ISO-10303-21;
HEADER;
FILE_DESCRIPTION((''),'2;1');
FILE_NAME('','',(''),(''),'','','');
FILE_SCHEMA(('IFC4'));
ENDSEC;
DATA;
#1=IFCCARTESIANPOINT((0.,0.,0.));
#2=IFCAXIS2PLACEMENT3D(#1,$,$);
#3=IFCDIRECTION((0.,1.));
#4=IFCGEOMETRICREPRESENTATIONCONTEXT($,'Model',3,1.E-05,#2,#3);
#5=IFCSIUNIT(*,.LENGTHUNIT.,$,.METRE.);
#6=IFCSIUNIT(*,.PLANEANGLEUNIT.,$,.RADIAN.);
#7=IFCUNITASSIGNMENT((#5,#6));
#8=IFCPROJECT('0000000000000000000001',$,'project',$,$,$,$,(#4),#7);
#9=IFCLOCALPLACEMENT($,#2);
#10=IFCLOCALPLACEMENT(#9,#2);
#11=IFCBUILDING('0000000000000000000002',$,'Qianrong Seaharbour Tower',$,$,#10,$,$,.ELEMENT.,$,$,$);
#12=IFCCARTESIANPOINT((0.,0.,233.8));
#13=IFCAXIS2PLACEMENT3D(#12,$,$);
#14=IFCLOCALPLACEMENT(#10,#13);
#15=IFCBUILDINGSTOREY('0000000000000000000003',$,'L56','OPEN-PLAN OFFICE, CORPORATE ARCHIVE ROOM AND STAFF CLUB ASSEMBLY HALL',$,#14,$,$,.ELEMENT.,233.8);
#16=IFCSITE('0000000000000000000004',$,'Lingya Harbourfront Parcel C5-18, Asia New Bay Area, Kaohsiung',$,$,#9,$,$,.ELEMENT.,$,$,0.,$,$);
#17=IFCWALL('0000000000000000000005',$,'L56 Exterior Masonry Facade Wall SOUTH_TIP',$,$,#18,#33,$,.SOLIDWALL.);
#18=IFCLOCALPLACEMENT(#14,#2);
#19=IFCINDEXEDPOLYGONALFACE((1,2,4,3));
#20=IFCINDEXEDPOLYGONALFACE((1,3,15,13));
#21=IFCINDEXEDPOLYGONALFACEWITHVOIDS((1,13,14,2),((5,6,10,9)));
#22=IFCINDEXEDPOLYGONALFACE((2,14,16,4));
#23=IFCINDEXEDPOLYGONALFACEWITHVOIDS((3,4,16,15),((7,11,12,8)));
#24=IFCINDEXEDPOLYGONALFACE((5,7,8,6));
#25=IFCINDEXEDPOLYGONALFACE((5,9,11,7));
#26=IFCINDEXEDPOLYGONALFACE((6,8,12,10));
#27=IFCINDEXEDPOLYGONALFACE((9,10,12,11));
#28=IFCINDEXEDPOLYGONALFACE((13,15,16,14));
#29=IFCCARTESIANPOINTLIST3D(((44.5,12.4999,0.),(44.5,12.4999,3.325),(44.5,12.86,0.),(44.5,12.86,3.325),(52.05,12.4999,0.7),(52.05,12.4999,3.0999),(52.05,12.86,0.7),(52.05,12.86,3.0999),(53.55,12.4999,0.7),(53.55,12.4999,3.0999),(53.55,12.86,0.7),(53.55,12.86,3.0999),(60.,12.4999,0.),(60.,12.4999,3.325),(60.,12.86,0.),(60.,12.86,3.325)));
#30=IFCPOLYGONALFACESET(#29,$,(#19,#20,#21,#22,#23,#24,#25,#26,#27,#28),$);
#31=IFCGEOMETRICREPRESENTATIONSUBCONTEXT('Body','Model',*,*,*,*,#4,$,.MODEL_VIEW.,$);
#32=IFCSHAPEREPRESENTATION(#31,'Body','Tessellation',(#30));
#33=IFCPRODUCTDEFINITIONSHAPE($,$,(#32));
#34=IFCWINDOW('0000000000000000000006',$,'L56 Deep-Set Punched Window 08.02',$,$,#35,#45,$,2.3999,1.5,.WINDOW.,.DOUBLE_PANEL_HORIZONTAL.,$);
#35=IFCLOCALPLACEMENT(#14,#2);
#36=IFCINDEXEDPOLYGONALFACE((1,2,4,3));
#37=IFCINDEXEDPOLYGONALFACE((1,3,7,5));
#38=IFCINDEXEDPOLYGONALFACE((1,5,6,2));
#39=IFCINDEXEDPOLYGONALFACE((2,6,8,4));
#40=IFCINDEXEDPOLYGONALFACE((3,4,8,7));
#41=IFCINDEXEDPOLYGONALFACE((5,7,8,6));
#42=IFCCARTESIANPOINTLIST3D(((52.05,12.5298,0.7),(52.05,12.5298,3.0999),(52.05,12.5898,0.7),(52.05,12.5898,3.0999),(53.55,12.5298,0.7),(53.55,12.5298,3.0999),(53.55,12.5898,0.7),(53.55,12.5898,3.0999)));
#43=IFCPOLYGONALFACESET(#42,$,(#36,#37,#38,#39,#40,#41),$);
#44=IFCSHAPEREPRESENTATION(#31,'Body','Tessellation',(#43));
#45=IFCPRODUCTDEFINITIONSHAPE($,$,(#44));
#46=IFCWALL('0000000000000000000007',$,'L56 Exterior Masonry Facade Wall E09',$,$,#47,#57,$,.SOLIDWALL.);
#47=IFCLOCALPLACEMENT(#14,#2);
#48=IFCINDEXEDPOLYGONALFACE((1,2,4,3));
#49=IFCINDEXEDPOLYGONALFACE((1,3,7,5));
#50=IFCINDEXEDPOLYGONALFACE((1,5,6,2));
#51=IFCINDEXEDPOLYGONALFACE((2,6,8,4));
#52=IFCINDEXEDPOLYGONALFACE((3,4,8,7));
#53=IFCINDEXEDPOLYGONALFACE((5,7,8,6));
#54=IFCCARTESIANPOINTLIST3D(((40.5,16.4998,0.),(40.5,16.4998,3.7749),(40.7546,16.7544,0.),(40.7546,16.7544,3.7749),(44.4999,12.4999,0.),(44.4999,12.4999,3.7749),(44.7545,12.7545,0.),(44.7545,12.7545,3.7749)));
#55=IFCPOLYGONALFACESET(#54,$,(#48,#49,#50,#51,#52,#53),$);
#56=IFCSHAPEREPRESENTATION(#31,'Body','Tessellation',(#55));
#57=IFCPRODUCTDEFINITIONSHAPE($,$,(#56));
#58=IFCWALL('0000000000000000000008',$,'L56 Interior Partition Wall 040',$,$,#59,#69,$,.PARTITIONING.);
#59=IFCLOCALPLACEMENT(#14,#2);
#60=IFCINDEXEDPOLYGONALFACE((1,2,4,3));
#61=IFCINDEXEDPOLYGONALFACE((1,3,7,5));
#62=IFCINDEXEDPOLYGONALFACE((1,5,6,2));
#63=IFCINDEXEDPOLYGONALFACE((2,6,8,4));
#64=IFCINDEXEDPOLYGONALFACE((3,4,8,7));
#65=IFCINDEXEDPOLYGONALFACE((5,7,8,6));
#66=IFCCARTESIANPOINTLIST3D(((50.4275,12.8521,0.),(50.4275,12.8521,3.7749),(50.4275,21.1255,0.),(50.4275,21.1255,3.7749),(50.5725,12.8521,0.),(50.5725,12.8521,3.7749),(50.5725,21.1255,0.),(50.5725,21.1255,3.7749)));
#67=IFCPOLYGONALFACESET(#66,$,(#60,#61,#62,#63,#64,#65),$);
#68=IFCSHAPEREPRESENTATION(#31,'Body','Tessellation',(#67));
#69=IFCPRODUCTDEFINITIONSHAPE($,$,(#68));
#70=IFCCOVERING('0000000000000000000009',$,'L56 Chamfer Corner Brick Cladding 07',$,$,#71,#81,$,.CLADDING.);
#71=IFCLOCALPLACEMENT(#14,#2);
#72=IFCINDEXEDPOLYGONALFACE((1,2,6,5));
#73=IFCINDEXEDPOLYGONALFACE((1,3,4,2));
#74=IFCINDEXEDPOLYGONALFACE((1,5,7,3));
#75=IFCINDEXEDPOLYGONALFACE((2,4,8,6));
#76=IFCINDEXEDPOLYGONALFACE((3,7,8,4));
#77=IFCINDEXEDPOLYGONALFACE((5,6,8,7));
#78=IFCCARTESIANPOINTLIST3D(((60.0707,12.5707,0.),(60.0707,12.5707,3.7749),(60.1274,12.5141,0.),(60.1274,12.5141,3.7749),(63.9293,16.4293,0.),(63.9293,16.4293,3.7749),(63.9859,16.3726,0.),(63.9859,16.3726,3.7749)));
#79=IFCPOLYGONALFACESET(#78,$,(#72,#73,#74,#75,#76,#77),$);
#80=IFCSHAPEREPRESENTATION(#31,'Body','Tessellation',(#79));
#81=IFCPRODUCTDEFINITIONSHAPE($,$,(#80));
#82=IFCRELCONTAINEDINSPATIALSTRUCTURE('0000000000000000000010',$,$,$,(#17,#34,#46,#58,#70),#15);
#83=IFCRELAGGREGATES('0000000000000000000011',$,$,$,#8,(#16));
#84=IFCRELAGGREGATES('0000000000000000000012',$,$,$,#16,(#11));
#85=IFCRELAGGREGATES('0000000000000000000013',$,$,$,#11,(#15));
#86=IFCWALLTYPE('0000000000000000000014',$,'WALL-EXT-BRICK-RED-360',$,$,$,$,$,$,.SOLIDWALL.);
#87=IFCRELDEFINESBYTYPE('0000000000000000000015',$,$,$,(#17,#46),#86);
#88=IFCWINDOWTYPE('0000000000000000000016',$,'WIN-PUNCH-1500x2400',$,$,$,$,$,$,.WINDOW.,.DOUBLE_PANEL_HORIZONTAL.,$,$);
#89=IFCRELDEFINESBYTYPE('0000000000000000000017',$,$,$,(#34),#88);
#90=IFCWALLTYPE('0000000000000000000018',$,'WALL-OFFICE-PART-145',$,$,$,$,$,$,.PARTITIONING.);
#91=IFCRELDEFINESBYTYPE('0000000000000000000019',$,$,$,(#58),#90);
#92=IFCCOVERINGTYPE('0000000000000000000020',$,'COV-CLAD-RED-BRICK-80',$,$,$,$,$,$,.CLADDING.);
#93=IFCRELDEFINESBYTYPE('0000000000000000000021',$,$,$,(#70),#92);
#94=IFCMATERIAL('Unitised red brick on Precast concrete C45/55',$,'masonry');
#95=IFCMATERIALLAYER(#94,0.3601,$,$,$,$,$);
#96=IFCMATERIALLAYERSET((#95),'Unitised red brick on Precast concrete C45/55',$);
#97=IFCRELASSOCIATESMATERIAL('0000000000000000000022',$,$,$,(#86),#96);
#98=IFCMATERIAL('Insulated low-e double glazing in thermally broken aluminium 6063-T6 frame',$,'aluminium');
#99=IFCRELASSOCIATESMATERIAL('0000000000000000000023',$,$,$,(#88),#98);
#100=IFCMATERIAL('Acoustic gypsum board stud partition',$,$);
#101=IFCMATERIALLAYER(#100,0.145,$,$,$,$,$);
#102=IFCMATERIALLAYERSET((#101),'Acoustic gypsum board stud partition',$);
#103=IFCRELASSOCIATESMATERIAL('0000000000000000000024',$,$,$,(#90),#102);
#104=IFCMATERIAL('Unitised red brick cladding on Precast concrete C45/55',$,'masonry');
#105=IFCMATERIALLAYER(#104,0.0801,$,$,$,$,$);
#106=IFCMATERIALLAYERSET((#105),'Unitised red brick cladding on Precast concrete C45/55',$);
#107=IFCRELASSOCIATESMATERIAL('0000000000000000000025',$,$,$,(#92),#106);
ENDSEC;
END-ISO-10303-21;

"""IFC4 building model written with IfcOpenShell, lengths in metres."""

from ifc_helpers import new_model, si_unit, direction, frame, frame_2d, origin, origin_2d, place, context, subcontext, project, spatial, rectangle, extrude, material, layer, layer_set, type_object, element, fill, save


model = new_model("IFC4")

# Units and contexts
model_context = context("Model", 3, precision=1e-05, world=origin(), true_north=direction((0.0, 1.0)))
body_context = subcontext(model_context, "Body", "Model", "MODEL_VIEW")
ifc_project = project(units=[si_unit("LENGTHUNIT", "METRE"), si_unit("PLANEANGLEUNIT", "RADIAN")], contexts=[model_context])

# Site, building, storey
site_placement = place(None, origin())
site = spatial("IfcSite", under=ifc_project, at=site_placement, Name="Lingya Harbourfront Parcel C5-18, Asia New Bay Area, Kaohsiung", CompositionType="ELEMENT", RefElevation=0.0)
building_placement = place(site_placement, origin())
building = spatial("IfcBuilding", under=site, at=building_placement, Name="Qianrong Seaharbour Tower", CompositionType="ELEMENT")
storey_placement = place(building_placement, frame((0.0, 0.0, 233.8)))
storey = spatial("IfcBuildingStorey", under=building, at=storey_placement, Name="L56", Description="OPEN-PLAN OFFICE, CORPORATE ARCHIVE ROOM AND STAFF CLUB ASSEMBLY HALL", CompositionType="ELEMENT", Elevation=233.8)

# Shared definitions
ifc_material_1 = material(Name="Unitised red brick on Precast concrete C45/55", Category="masonry")
ifc_layer_1 = layer(ifc_material_1, 0.3601)
ifc_layer_set_1 = layer_set([ifc_layer_1], Name="Unitised red brick on Precast concrete C45/55")
wall_type_1 = type_object("IfcWallType", Name="WALL-EXT-BRICK-RED-360", PredefinedType="SOLIDWALL", material=ifc_layer_set_1)

# Wall, opening, window
wall_1_placement = place(storey_placement, frame((60.0, 12.6799, 0.0), z_axis=(0.0, 0.0, 1.0), x_axis=(-1.0, 0.0, 0.0)))
wall_1 = element("IfcWall", 1, at=wall_1_placement, inside=storey, type_object=wall_type_1, Name="L56 Exterior Masonry Facade Wall SOUTH_TIP", PredefinedType="SOLIDWALL", context=body_context, shape_type="SweptSolid", body=[
    extrude(rectangle(XDim=15.5, YDim=0.3601, at=frame_2d((7.75, 0.0))), origin(), (0.0, 0.0, 1.0), 3.325),
])
opening_1_placement = place(wall_1_placement, frame((6.45, 0.0, 0.7)))
opening_1 = element("IfcOpeningElement", 2, at=opening_1_placement, cuts=wall_1, PredefinedType="OPENING", context=body_context, shape_type="SweptSolid", body=[
    extrude(rectangle(XDim=1.5, YDim=2.3999, at=frame_2d((0.75, 1.2))), frame((0.0, 0.1899, 0.0), z_axis=(0.0, -1.0, 0.0), x_axis=(1.0, 0.0, 0.0)), (0.0, 0.0, 1.0), 0.3801),
])
ifc_material_2 = material(Name="Insulated low-e double glazing in thermally broken aluminium 6063-T6 frame", Category="aluminium")
window_type = type_object("IfcWindowType", Name="WIN-PUNCH-1500x2400", PartitioningType="DOUBLE_PANEL_HORIZONTAL", PredefinedType="WINDOW", material=ifc_material_2)
window_placement = place(opening_1_placement, origin())
window = element("IfcWindow", 3, at=window_placement, inside=storey, type_object=window_type, Name="L56 Deep-Set Punched Window 08.02", OverallHeight=2.3999, OverallWidth=1.5, PartitioningType="DOUBLE_PANEL_HORIZONTAL", PredefinedType="WINDOW", context=body_context, shape_type="SweptSolid", body=[
    extrude(rectangle(XDim=1.5, YDim=2.3999, at=frame_2d((0.75, 1.2))), frame((0.0, 0.1501, 0.0), z_axis=(0.0, -1.0, 0.0), x_axis=(1.0, 0.0, 0.0)), (0.0, 0.0, 1.0), 0.0601),
])
fill(opening_1, window)

# Walls
wall_2_placement = place(storey_placement, frame((44.6272, 12.6272, 0.0), z_axis=(0.0, 0.0, 1.0), x_axis=(-0.707107, 0.707107, 0.0)))
element("IfcWall", 4, at=wall_2_placement, inside=storey, type_object=wall_type_1, Name="L56 Exterior Masonry Facade Wall E09", PredefinedType="SOLIDWALL", context=body_context, shape_type="SweptSolid", body=[
    extrude(rectangle(XDim=5.6567, YDim=0.3601, at=frame_2d((2.8284, 0.0))), origin(), (0.0, 0.0, 1.0), 3.7749),
])
ifc_material_3 = material(Name="Acoustic gypsum board stud partition")
ifc_layer_2 = layer(ifc_material_3, 0.145)
ifc_layer_set_2 = layer_set([ifc_layer_2], Name="Acoustic gypsum board stud partition")
wall_type_2 = type_object("IfcWallType", Name="WALL-OFFICE-PART-145", PredefinedType="PARTITIONING", material=ifc_layer_set_2)
wall_3_placement = place(storey_placement, frame((50.5, 21.1255, 0.0), z_axis=(0.0, 0.0, 1.0), x_axis=(0.0, -1.0, 0.0)))
element("IfcWall", 5, at=wall_3_placement, inside=storey, type_object=wall_type_2, Name="L56 Interior Partition Wall 040", PredefinedType="PARTITIONING", context=body_context, shape_type="SweptSolid", body=[
    extrude(rectangle(XDim=8.2734, YDim=0.145, at=frame_2d((4.1367, 0.0))), origin(), (0.0, 0.0, 1.0), 3.7749),
])

# Covering
ifc_material_4 = material(Name="Unitised red brick cladding on Precast concrete C45/55", Category="masonry")
ifc_layer_3 = layer(ifc_material_4, 0.0801)
ifc_layer_set_3 = layer_set([ifc_layer_3], Name="Unitised red brick cladding on Precast concrete C45/55")
covering_type = type_object("IfcCoveringType", Name="COV-CLAD-RED-BRICK-80", PredefinedType="CLADDING", material=ifc_layer_set_3)
covering_placement = place(storey_placement, frame((62.0283, 14.4717, 0.0), z_axis=(0.0, 0.0, 1.0), x_axis=(-0.707107, -0.707107, 0.0)))
element("IfcCovering", 6, at=covering_placement, inside=storey, type_object=covering_type, Name="L56 Chamfer Corner Brick Cladding 07", PredefinedType="CLADDING", context=body_context, shape_type="SweptSolid", body=[
    extrude(rectangle(XDim=5.4568, YDim=0.0801, at=origin_2d()), origin(), (0.0, 0.0, 1.0), 3.7749),
])

save(model, "model.ifc")
